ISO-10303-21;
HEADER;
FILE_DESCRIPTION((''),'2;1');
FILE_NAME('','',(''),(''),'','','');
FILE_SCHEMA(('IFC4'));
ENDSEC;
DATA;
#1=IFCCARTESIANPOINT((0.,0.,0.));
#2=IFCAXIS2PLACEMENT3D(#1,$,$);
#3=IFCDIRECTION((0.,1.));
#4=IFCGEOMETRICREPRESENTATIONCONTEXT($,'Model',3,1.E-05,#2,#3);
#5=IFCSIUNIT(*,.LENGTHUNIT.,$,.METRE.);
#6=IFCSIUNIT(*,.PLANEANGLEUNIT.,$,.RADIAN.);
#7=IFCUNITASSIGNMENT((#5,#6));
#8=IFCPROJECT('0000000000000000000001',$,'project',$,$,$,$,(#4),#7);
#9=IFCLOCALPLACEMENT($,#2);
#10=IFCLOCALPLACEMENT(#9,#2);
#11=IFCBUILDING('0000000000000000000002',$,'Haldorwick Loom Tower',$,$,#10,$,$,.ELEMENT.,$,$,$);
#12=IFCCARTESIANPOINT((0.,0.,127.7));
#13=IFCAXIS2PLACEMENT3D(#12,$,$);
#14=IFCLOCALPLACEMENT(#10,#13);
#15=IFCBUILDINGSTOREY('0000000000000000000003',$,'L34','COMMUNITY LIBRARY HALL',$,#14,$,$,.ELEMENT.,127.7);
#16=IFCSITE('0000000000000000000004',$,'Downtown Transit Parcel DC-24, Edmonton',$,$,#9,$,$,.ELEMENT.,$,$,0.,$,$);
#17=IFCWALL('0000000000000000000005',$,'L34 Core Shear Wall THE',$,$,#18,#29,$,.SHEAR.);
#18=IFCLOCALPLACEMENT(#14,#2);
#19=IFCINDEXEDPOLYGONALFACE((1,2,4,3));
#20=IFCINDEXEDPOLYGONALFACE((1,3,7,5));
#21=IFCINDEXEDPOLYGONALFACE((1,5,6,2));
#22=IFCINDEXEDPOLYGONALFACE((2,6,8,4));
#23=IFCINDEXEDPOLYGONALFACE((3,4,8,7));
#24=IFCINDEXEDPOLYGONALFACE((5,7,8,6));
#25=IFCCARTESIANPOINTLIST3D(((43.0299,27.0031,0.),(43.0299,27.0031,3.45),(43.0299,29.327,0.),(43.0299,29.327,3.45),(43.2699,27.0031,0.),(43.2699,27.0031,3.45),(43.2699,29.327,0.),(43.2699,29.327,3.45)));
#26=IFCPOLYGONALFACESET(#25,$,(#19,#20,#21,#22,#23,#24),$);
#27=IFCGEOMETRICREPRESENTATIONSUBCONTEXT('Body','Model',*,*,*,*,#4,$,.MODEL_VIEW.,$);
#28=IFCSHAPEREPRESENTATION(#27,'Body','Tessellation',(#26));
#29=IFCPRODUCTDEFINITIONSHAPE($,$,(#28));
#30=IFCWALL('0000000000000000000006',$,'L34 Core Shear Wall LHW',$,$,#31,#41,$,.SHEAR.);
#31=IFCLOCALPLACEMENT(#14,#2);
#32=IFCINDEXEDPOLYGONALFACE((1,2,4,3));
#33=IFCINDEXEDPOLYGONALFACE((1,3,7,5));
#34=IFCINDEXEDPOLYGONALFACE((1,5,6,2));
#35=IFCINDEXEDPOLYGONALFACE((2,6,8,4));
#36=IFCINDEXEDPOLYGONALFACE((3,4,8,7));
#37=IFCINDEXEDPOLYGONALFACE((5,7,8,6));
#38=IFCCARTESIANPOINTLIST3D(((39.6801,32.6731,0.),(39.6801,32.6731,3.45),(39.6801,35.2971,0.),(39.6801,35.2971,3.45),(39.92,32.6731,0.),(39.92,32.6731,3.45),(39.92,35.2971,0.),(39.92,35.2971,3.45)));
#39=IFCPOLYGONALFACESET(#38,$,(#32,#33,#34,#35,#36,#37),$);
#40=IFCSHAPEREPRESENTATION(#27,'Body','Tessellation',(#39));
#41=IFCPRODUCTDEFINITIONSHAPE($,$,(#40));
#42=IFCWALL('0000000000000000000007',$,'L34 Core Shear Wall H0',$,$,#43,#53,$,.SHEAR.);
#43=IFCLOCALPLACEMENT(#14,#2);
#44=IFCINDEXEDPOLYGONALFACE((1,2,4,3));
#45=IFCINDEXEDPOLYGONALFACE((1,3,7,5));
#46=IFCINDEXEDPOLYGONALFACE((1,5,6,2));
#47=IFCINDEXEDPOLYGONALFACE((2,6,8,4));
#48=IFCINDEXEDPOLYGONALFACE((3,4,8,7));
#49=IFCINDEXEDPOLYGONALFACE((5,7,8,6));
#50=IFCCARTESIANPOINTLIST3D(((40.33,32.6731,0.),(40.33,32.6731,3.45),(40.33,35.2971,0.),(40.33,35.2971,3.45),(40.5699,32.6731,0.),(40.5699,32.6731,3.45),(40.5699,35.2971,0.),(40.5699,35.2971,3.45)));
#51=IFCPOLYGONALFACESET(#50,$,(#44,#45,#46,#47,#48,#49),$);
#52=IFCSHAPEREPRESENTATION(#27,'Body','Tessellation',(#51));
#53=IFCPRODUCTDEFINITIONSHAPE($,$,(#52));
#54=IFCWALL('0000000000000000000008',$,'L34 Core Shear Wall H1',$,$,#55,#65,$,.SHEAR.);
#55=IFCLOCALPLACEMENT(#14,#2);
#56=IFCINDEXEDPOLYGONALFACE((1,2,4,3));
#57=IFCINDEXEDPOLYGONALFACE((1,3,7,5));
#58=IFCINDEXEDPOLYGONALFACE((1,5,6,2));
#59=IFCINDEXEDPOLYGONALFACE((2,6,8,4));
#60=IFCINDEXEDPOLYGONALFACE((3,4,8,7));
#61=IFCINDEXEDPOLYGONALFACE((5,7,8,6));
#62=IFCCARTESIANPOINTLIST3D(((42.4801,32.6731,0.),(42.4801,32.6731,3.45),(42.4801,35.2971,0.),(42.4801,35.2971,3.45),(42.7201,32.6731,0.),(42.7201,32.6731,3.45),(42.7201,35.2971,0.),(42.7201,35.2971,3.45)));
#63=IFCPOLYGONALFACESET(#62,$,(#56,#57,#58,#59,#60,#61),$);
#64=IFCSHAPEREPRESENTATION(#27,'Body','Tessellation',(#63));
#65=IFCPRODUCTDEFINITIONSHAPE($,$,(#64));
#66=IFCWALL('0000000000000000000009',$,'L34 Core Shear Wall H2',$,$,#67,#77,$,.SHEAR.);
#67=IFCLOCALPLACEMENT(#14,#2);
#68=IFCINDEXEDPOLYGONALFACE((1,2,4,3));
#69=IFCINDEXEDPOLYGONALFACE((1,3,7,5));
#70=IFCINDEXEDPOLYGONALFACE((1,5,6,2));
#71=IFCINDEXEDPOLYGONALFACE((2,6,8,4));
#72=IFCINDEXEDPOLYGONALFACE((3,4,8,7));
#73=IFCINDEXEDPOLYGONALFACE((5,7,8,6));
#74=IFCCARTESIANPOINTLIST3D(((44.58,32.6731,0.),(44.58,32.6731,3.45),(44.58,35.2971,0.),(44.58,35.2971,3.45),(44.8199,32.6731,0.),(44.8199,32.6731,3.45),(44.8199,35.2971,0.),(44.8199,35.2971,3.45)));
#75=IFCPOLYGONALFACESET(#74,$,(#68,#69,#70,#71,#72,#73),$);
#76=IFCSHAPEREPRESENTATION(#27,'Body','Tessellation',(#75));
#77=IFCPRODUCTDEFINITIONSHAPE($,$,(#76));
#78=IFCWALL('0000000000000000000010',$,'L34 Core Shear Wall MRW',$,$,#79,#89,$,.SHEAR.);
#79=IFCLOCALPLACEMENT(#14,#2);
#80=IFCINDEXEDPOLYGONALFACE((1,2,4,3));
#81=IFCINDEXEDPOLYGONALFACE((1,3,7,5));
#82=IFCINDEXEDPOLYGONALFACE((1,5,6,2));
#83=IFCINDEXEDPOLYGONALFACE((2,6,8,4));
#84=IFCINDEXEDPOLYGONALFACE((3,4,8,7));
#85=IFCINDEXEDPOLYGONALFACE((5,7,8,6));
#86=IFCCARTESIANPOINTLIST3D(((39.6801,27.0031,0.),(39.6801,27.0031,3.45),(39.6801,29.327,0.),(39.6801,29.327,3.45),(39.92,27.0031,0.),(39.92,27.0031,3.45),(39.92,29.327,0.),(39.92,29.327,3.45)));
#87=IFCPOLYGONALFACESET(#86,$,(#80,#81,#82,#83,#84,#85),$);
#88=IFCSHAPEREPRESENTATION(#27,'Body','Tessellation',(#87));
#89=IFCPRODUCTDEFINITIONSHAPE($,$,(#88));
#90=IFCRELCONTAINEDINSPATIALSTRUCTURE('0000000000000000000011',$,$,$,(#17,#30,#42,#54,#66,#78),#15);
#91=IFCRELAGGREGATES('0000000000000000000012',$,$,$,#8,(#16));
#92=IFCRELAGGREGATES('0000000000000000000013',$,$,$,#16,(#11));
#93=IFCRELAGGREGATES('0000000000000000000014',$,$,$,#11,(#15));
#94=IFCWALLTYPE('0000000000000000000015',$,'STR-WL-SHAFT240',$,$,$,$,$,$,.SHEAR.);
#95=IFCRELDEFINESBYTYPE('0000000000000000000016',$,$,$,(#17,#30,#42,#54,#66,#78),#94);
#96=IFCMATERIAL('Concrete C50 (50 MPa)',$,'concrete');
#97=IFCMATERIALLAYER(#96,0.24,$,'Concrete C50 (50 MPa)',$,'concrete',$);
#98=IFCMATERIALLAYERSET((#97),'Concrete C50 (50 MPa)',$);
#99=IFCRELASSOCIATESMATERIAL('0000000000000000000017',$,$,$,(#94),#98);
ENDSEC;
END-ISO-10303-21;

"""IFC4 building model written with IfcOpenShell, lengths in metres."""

from ifc_helpers import new_model, si_unit, direction, frame, frame_2d, origin, place, context, subcontext, project, spatial, rectangle, extrude, material, layer, layer_set, type_object, element, save


model = new_model("IFC4")

# Units and contexts
model_context = context("Model", 3, precision=1e-05, world=origin(), true_north=direction((0.0, 1.0)))
body_context = subcontext(model_context, "Body", "Model", "MODEL_VIEW")
ifc_project = project(units=[si_unit("LENGTHUNIT", "METRE"), si_unit("PLANEANGLEUNIT", "RADIAN")], contexts=[model_context])

# Site, building, storey
site_placement = place(None, origin())
site = spatial("IfcSite", under=ifc_project, at=site_placement, Name="Downtown Transit Parcel DC-24, Edmonton", CompositionType="ELEMENT", RefElevation=0.0)
building_placement = place(site_placement, origin())
building = spatial("IfcBuilding", under=site, at=building_placement, Name="Haldorwick Loom Tower", CompositionType="ELEMENT")
storey_placement = place(building_placement, frame((0.0, 0.0, 127.7)))
storey = spatial("IfcBuildingStorey", under=building, at=storey_placement, Name="L34", Description="COMMUNITY LIBRARY HALL", CompositionType="ELEMENT", Elevation=127.7)

# Shared definitions
ifc_material_1 = material(Name="Concrete C50 (50 MPa)", Category="concrete")
ifc_layer_1 = layer(ifc_material_1, 0.24, Name="Concrete C50 (50 MPa)", Category="concrete")
ifc_layer_set_1 = layer_set([ifc_layer_1], Name="Concrete C50 (50 MPa)")
wall_type_1 = type_object("IfcWallType", Name="STR-WL-SHAFT240", PredefinedType="SHEAR", material=ifc_layer_set_1)

# Walls
for number, where, z_axis, x_axis, name in (
    (1, (43.1499, 27.0029, 0.0), (0.0, 0.0, 1.0), (0.0, 1.0, 0.0), "L34 Core Shear Wall THE"),
):
    element("IfcWall", number, at=place(storey_placement, frame(where, z_axis=z_axis, x_axis=x_axis)), inside=storey, type_object=wall_type_1, Name=name, PredefinedType="SHEAR", context=body_context, shape_type="SweptSolid", body=[
        extrude(rectangle(XDim=2.324, YDim=0.24, at=frame_2d((1.1621, 0.0))), origin(), (0.0, 0.0, 1.0), 3.45),
    ])
for number, where, z_axis, x_axis, name in (
    (2, (39.8, 32.6731, 0.0), (0.0, 0.0, 1.0), (0.0, 1.0, 0.0), "L34 Core Shear Wall LHW"),
    (3, (40.45, 32.6731, 0.0), (0.0, 0.0, 1.0), (0.0, 1.0, 0.0), "L34 Core Shear Wall H0"),
    (4, (42.6001, 32.6731, 0.0), (0.0, 0.0, 1.0), (0.0, 1.0, 0.0), "L34 Core Shear Wall H1"),
    (5, (44.7, 32.6731, 0.0), (0.0, 0.0, 1.0), (0.0, 1.0, 0.0), "L34 Core Shear Wall H2"),
):
    element("IfcWall", number, at=place(storey_placement, frame(where, z_axis=z_axis, x_axis=x_axis)), inside=storey, type_object=wall_type_1, Name=name, PredefinedType="SHEAR", context=body_context, shape_type="SweptSolid", body=[
        extrude(rectangle(XDim=2.624, YDim=0.24, at=frame_2d((1.312, 0.0))), origin(), (0.0, 0.0, 1.0), 3.45),
    ])
wall_1_placement = place(storey_placement, frame((39.8, 27.0029, 0.0), z_axis=(0.0, 0.0, 1.0), x_axis=(0.0, 1.0, 0.0)))
element("IfcWall", 6, at=wall_1_placement, inside=storey, type_object=wall_type_1, Name="L34 Core Shear Wall MRW", PredefinedType="SHEAR", context=body_context, shape_type="SweptSolid", body=[
    extrude(rectangle(XDim=2.324, YDim=0.24, at=frame_2d((1.1621, 0.0))), origin(), (0.0, 0.0, 1.0), 3.45),
])

save(model, "model.ifc")
